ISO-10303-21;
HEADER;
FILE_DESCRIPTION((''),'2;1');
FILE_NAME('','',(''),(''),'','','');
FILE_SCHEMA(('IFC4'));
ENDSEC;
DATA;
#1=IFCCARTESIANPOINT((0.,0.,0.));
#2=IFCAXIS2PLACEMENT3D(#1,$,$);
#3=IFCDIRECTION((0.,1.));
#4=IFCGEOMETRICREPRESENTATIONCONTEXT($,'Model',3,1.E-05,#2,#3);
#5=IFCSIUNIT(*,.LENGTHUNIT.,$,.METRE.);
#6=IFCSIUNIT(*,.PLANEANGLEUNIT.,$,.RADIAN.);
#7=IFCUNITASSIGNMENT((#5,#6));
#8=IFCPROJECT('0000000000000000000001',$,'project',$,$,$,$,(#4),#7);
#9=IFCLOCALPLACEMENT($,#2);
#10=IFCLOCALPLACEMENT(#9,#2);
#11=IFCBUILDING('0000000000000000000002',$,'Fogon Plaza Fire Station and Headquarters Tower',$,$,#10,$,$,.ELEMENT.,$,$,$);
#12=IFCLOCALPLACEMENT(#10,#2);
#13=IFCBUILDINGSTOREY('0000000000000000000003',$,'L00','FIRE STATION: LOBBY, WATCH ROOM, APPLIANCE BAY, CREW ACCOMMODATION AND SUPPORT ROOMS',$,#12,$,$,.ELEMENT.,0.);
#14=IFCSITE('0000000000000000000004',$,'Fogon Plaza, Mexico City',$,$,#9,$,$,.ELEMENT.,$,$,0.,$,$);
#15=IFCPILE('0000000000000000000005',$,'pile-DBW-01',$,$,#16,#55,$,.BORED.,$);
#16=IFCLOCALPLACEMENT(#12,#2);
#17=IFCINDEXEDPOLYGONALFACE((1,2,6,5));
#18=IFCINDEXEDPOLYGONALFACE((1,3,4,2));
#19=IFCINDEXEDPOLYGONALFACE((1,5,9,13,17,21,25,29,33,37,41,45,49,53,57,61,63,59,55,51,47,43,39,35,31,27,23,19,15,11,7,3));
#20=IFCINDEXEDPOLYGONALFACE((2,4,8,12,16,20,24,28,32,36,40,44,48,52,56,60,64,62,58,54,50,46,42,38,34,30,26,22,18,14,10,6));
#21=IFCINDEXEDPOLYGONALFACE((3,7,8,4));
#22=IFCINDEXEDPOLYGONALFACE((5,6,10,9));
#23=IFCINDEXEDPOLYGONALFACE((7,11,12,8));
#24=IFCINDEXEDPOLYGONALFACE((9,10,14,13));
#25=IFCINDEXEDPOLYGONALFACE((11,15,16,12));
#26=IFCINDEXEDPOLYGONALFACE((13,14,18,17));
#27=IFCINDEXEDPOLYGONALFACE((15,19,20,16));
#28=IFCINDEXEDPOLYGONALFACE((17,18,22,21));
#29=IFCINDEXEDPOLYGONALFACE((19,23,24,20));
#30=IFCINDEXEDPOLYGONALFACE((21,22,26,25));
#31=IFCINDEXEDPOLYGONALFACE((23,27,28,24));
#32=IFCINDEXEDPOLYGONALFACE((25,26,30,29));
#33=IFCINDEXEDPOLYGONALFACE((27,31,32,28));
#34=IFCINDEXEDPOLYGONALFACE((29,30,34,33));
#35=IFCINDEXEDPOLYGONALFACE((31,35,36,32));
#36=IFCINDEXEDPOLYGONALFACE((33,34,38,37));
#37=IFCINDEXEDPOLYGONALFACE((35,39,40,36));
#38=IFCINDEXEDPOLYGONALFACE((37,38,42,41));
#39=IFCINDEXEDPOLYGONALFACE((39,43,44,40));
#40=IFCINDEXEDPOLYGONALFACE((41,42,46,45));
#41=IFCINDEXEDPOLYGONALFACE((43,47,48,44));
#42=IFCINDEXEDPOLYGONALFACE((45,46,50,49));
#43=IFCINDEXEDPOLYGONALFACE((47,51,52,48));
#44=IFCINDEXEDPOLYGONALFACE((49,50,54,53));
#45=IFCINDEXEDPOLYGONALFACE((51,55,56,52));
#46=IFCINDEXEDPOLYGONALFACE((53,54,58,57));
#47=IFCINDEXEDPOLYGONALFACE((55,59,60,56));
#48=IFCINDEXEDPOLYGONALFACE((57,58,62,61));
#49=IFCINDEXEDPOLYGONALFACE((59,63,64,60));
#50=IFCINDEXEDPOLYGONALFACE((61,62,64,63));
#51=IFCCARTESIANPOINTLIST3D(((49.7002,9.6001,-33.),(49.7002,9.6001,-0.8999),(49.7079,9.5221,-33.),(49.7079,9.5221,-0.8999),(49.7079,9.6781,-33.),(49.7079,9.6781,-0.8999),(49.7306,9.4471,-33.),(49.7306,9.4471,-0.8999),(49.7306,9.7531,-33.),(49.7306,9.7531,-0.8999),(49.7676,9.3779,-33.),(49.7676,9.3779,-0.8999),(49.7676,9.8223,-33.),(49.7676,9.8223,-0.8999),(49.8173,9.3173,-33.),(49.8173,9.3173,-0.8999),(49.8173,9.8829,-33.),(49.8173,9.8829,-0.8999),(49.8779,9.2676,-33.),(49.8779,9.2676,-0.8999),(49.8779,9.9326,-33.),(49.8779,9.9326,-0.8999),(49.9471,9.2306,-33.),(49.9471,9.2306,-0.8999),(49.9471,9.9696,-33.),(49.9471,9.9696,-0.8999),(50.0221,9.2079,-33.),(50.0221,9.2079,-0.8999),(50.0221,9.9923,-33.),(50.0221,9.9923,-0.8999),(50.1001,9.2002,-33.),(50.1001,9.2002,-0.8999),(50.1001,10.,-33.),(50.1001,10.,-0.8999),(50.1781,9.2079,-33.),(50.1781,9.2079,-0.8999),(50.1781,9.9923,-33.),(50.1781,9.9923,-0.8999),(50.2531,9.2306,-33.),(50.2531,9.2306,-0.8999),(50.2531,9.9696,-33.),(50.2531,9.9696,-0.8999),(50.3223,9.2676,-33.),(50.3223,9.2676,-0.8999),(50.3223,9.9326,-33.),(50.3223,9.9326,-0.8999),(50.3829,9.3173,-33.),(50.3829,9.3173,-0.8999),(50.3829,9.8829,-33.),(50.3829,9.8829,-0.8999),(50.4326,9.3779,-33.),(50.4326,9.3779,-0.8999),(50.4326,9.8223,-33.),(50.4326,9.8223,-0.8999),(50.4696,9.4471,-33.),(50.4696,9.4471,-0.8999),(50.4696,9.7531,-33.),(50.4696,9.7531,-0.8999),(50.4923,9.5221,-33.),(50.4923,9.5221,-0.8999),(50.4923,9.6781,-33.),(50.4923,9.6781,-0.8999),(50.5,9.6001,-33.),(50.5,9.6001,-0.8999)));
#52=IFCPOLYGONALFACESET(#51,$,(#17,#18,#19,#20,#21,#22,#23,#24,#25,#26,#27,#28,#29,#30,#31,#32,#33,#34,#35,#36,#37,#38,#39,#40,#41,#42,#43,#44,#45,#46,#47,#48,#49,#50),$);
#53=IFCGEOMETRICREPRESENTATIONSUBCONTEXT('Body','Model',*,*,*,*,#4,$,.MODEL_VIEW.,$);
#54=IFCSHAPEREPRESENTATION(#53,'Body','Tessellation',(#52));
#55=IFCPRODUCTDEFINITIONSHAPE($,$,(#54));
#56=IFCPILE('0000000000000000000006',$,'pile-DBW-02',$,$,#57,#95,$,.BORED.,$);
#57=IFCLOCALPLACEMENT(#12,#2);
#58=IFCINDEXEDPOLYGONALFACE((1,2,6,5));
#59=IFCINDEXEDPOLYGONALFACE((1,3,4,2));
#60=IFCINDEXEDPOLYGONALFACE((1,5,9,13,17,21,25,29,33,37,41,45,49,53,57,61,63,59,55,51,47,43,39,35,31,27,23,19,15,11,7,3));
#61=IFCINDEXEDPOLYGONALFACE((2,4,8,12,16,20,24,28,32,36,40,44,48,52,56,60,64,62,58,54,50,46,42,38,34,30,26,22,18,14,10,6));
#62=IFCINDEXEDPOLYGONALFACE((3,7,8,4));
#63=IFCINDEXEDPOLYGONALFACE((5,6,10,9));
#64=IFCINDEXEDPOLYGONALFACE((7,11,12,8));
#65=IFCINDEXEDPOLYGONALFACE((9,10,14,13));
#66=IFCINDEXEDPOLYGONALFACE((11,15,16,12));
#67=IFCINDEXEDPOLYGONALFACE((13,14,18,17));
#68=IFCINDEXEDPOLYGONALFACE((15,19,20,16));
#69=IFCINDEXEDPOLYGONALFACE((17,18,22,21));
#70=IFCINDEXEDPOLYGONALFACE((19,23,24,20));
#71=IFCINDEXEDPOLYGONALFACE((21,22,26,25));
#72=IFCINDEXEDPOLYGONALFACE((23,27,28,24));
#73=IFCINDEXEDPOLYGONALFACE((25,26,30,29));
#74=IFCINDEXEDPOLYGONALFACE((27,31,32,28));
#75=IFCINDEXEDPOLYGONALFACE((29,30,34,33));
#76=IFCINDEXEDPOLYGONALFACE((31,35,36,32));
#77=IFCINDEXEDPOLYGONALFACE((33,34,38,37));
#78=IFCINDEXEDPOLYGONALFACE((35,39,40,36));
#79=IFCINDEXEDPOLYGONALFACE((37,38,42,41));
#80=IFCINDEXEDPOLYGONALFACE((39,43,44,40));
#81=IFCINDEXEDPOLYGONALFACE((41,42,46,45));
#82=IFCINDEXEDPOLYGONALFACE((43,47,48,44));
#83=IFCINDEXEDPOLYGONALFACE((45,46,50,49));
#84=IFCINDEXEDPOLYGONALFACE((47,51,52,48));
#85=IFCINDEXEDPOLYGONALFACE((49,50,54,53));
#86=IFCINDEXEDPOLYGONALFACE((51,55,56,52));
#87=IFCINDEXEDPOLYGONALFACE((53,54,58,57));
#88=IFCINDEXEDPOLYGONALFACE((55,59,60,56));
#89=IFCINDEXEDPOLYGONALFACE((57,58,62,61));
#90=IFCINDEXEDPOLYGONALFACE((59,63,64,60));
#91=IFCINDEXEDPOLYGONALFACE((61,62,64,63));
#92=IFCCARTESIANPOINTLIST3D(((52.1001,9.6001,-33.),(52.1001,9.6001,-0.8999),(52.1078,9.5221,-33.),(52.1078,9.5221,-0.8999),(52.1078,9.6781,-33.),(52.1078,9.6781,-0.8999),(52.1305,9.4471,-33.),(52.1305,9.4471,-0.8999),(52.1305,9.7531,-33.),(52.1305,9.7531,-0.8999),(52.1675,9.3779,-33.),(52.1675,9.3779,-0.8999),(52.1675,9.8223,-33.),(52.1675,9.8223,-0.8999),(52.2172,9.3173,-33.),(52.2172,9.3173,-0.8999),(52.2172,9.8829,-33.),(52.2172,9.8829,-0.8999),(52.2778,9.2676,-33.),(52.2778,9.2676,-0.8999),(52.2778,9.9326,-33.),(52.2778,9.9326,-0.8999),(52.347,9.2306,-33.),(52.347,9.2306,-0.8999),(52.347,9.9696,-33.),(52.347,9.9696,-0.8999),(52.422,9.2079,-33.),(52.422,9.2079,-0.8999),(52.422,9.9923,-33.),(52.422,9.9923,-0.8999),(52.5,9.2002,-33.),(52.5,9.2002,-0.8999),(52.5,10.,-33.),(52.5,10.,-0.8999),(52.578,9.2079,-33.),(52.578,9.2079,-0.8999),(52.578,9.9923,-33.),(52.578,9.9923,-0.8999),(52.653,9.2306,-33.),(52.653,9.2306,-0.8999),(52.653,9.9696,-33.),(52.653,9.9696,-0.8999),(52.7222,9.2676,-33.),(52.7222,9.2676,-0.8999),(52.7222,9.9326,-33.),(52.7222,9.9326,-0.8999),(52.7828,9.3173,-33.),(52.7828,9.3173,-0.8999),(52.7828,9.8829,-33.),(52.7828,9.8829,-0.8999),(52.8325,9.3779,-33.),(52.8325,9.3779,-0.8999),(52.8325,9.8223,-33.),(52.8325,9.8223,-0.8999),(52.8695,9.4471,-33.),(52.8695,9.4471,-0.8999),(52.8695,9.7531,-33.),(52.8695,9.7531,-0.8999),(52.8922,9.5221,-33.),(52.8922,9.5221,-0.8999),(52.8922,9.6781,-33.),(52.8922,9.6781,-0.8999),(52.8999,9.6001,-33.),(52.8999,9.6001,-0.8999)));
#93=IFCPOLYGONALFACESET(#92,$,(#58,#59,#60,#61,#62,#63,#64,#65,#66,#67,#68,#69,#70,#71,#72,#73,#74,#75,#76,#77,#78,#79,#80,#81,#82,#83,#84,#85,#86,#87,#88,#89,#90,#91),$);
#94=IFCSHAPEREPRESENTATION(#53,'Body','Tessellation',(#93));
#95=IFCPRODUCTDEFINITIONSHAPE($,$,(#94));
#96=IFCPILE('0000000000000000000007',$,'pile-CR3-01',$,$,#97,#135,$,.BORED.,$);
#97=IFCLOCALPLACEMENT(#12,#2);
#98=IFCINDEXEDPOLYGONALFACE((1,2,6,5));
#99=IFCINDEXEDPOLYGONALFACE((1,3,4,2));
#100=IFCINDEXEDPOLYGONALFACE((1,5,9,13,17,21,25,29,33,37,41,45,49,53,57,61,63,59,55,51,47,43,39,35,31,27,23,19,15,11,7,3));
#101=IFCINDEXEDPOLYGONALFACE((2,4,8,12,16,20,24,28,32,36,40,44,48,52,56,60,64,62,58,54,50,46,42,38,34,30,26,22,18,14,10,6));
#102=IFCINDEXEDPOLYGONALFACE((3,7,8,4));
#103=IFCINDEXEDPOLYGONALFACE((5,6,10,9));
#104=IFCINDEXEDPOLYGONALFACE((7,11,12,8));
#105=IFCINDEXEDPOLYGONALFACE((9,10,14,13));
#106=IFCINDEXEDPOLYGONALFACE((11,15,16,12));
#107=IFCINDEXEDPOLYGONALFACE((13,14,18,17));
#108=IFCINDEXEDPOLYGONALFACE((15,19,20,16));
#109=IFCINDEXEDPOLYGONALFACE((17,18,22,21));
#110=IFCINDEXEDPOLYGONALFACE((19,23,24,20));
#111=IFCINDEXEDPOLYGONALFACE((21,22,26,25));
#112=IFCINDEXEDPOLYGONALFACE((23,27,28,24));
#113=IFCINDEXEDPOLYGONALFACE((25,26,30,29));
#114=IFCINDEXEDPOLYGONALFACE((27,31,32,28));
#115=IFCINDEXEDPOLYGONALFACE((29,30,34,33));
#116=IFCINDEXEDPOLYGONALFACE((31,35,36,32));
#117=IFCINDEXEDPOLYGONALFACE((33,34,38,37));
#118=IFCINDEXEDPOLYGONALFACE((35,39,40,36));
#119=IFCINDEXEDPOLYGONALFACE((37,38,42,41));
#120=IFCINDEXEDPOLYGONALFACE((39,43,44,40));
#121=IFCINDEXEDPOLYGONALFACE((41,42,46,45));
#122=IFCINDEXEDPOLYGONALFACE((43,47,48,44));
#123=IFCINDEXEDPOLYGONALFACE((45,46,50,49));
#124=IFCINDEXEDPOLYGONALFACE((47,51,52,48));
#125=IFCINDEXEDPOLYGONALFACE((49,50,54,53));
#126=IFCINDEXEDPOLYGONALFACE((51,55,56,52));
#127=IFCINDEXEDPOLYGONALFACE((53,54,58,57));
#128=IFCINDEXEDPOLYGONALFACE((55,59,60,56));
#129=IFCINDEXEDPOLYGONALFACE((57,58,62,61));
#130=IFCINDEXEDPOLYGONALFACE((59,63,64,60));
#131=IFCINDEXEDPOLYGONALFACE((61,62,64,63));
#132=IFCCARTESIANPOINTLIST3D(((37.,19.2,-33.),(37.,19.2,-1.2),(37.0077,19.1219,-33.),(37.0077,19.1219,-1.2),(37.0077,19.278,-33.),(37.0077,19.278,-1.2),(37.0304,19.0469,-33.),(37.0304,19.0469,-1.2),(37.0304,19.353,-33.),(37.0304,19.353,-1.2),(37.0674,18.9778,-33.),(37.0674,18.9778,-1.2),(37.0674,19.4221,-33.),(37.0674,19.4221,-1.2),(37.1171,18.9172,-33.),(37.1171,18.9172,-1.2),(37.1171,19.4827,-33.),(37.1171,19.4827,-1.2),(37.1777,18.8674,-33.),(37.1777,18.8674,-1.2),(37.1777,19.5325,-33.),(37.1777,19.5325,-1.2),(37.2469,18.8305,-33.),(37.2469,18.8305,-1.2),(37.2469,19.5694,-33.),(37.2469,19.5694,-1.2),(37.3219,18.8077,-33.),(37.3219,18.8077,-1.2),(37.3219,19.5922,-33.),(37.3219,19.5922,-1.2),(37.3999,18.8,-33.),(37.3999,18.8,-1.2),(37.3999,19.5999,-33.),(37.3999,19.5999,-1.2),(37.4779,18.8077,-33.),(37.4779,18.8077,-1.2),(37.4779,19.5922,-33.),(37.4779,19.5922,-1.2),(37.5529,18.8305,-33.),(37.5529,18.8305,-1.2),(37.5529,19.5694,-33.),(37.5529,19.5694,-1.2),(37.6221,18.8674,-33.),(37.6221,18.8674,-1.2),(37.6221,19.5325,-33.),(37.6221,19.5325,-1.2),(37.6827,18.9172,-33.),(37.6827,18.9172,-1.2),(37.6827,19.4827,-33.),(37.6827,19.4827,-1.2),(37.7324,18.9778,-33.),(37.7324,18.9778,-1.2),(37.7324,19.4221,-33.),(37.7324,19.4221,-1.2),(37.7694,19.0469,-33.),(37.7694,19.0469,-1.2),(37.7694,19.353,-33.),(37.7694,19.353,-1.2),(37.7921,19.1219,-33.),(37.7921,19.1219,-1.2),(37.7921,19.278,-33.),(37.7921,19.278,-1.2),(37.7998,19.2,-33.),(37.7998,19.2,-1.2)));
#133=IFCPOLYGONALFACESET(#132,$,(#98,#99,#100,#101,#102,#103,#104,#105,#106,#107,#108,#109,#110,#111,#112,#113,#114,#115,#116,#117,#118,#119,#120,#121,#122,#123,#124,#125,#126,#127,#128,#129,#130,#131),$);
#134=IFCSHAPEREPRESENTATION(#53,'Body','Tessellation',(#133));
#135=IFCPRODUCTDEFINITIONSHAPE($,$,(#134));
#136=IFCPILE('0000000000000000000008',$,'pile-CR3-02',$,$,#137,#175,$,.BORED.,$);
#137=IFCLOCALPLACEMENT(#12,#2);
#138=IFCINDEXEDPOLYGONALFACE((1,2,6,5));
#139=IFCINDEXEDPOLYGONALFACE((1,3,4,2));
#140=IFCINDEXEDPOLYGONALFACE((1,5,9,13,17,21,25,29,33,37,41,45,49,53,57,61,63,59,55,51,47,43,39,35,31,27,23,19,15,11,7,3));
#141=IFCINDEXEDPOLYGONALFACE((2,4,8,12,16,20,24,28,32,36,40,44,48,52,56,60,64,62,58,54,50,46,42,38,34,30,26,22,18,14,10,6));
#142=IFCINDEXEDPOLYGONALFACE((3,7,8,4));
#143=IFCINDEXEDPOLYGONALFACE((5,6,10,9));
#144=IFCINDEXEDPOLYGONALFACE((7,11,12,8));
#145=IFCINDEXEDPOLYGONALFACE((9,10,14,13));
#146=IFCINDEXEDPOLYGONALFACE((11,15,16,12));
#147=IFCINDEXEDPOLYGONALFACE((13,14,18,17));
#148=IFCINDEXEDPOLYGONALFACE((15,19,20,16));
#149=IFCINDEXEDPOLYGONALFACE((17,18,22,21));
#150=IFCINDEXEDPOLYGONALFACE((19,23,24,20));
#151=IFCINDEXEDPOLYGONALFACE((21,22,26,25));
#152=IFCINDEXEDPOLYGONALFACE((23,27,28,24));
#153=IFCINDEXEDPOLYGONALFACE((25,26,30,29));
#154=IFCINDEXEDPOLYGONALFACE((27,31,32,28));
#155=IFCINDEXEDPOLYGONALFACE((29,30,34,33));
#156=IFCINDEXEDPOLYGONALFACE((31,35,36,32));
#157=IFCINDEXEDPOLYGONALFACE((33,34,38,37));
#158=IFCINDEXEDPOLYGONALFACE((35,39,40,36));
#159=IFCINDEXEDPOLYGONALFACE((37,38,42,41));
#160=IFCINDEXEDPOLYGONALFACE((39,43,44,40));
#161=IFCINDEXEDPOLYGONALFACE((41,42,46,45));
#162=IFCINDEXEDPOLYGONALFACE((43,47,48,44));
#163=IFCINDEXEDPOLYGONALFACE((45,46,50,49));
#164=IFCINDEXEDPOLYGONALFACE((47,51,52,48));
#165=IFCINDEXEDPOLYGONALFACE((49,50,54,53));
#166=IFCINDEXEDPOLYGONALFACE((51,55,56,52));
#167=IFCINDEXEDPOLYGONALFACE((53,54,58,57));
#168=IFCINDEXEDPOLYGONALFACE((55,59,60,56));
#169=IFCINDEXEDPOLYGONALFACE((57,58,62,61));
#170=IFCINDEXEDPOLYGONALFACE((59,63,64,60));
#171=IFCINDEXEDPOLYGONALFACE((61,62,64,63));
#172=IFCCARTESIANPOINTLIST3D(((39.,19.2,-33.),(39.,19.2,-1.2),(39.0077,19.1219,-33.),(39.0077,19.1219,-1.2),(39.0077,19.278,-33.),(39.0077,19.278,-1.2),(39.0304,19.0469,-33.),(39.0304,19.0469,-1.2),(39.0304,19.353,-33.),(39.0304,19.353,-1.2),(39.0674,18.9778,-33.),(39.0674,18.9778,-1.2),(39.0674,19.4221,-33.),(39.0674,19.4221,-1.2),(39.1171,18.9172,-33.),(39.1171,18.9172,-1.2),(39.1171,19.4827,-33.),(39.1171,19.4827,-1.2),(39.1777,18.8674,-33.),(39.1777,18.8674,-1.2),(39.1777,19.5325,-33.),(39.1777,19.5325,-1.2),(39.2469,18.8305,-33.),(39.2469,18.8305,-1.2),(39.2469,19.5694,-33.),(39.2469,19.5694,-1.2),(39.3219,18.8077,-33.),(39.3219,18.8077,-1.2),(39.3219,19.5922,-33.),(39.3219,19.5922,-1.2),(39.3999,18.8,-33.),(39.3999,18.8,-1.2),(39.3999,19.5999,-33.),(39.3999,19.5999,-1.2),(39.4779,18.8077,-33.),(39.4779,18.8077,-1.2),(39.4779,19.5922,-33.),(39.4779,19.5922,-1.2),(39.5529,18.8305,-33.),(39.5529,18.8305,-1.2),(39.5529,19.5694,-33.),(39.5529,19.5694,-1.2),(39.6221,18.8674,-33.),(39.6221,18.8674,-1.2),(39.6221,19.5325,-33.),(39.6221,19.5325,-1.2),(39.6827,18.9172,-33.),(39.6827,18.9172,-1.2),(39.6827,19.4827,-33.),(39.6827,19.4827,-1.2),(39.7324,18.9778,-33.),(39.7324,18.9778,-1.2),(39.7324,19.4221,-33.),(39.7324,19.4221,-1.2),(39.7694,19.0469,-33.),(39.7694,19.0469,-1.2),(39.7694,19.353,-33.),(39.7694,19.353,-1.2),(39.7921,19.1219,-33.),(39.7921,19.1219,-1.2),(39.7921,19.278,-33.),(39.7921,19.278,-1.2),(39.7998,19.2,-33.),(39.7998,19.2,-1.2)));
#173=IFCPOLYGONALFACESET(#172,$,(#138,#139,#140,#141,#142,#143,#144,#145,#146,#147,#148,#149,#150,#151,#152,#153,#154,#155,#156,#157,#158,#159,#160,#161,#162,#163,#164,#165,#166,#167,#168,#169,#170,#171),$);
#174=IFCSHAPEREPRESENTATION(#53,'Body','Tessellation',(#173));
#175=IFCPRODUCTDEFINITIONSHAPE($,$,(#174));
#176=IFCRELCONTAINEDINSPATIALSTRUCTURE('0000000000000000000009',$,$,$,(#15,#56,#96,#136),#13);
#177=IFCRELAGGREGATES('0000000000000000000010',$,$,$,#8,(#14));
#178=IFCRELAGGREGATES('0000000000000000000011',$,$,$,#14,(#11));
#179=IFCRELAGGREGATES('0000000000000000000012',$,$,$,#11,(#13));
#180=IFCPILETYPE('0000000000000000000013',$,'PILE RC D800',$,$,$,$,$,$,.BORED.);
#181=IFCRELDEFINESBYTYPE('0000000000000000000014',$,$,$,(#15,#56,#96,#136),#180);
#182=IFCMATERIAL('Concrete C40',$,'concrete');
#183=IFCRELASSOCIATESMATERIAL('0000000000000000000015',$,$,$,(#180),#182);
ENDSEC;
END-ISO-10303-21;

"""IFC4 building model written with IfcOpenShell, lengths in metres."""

from ifc_helpers import new_model, si_unit, direction, frame, origin, origin_2d, place, context, subcontext, project, spatial, circle, extrude, material, material_profile, profile_set, type_object, element, save


model = new_model("IFC4")

# Units and contexts
model_context = context("Model", 3, precision=1e-05, world=origin(), true_north=direction((0.0, 1.0)))
body_context = subcontext(model_context, "Body", "Model", "MODEL_VIEW")
ifc_project = project(units=[si_unit("LENGTHUNIT", "METRE"), si_unit("PLANEANGLEUNIT", "RADIAN")], contexts=[model_context])

# Site, building, storey
site_placement = place(None, origin())
site = spatial("IfcSite", under=ifc_project, at=site_placement, Name="Fogon Plaza, Mexico City", CompositionType="ELEMENT", RefElevation=0.0)
building_placement = place(site_placement, origin())
building = spatial("IfcBuilding", under=site, at=building_placement, Name="Fogon Plaza Fire Station and Headquarters Tower", CompositionType="ELEMENT")
storey_placement = place(building_placement, origin())
storey = spatial("IfcBuildingStorey", under=building, at=storey_placement, Name="L00", Description="FIRE STATION: LOBBY, WATCH ROOM, APPLIANCE BAY, CREW ACCOMMODATION AND SUPPORT ROOMS", CompositionType="ELEMENT", Elevation=0.0)

# Piles
ifc_material_1 = material(Name="Concrete C40", Category="concrete")
ifc_material_profile_1 = material_profile(ifc_material_1, circle(Radius=0.3999, at=origin_2d()), Name="RC D800")
ifc_profile_set_1 = profile_set([ifc_material_profile_1], Name="Concrete C40")
pile_type = type_object("IfcPileType", Name="PILE RC D800", PredefinedType="BORED", material=ifc_profile_set_1)
for number, where, z_axis, x_axis, name in (
    (1, (50.1001, 9.6001, -0.8999), (0.0, 0.0, -1.0), (1.0, 0.0, 0.0), "pile-DBW-01"),
    (2, (52.5, 9.6001, -0.8999), (0.0, 0.0, -1.0), (1.0, 0.0, 0.0), "pile-DBW-02"),
):
    element("IfcPile", number, at=place(storey_placement, frame(where, z_axis=z_axis, x_axis=x_axis)), inside=storey, type_object=pile_type, Name=name, PredefinedType="BORED", context=body_context, shape_type="SweptSolid", body=[
        extrude(circle(Radius=0.3999, at=origin_2d()), origin(), (0.0, 0.0, 1.0), 32.1001),
    ])
for number, where, z_axis, x_axis, name in (
    (3, (37.3999, 19.2, -1.2), (0.0, 0.0, -1.0), (1.0, 0.0, 0.0), "pile-CR3-01"),
    (4, (39.3999, 19.2, -1.2), (0.0, 0.0, -1.0), (1.0, 0.0, 0.0), "pile-CR3-02"),
):
    element("IfcPile", number, at=place(storey_placement, frame(where, z_axis=z_axis, x_axis=x_axis)), inside=storey, type_object=pile_type, Name=name, PredefinedType="BORED", context=body_context, shape_type="SweptSolid", body=[
        extrude(circle(Radius=0.3999, at=origin_2d()), origin(), (0.0, 0.0, 1.0), 31.8),
    ])

save(model, "model.ifc")
